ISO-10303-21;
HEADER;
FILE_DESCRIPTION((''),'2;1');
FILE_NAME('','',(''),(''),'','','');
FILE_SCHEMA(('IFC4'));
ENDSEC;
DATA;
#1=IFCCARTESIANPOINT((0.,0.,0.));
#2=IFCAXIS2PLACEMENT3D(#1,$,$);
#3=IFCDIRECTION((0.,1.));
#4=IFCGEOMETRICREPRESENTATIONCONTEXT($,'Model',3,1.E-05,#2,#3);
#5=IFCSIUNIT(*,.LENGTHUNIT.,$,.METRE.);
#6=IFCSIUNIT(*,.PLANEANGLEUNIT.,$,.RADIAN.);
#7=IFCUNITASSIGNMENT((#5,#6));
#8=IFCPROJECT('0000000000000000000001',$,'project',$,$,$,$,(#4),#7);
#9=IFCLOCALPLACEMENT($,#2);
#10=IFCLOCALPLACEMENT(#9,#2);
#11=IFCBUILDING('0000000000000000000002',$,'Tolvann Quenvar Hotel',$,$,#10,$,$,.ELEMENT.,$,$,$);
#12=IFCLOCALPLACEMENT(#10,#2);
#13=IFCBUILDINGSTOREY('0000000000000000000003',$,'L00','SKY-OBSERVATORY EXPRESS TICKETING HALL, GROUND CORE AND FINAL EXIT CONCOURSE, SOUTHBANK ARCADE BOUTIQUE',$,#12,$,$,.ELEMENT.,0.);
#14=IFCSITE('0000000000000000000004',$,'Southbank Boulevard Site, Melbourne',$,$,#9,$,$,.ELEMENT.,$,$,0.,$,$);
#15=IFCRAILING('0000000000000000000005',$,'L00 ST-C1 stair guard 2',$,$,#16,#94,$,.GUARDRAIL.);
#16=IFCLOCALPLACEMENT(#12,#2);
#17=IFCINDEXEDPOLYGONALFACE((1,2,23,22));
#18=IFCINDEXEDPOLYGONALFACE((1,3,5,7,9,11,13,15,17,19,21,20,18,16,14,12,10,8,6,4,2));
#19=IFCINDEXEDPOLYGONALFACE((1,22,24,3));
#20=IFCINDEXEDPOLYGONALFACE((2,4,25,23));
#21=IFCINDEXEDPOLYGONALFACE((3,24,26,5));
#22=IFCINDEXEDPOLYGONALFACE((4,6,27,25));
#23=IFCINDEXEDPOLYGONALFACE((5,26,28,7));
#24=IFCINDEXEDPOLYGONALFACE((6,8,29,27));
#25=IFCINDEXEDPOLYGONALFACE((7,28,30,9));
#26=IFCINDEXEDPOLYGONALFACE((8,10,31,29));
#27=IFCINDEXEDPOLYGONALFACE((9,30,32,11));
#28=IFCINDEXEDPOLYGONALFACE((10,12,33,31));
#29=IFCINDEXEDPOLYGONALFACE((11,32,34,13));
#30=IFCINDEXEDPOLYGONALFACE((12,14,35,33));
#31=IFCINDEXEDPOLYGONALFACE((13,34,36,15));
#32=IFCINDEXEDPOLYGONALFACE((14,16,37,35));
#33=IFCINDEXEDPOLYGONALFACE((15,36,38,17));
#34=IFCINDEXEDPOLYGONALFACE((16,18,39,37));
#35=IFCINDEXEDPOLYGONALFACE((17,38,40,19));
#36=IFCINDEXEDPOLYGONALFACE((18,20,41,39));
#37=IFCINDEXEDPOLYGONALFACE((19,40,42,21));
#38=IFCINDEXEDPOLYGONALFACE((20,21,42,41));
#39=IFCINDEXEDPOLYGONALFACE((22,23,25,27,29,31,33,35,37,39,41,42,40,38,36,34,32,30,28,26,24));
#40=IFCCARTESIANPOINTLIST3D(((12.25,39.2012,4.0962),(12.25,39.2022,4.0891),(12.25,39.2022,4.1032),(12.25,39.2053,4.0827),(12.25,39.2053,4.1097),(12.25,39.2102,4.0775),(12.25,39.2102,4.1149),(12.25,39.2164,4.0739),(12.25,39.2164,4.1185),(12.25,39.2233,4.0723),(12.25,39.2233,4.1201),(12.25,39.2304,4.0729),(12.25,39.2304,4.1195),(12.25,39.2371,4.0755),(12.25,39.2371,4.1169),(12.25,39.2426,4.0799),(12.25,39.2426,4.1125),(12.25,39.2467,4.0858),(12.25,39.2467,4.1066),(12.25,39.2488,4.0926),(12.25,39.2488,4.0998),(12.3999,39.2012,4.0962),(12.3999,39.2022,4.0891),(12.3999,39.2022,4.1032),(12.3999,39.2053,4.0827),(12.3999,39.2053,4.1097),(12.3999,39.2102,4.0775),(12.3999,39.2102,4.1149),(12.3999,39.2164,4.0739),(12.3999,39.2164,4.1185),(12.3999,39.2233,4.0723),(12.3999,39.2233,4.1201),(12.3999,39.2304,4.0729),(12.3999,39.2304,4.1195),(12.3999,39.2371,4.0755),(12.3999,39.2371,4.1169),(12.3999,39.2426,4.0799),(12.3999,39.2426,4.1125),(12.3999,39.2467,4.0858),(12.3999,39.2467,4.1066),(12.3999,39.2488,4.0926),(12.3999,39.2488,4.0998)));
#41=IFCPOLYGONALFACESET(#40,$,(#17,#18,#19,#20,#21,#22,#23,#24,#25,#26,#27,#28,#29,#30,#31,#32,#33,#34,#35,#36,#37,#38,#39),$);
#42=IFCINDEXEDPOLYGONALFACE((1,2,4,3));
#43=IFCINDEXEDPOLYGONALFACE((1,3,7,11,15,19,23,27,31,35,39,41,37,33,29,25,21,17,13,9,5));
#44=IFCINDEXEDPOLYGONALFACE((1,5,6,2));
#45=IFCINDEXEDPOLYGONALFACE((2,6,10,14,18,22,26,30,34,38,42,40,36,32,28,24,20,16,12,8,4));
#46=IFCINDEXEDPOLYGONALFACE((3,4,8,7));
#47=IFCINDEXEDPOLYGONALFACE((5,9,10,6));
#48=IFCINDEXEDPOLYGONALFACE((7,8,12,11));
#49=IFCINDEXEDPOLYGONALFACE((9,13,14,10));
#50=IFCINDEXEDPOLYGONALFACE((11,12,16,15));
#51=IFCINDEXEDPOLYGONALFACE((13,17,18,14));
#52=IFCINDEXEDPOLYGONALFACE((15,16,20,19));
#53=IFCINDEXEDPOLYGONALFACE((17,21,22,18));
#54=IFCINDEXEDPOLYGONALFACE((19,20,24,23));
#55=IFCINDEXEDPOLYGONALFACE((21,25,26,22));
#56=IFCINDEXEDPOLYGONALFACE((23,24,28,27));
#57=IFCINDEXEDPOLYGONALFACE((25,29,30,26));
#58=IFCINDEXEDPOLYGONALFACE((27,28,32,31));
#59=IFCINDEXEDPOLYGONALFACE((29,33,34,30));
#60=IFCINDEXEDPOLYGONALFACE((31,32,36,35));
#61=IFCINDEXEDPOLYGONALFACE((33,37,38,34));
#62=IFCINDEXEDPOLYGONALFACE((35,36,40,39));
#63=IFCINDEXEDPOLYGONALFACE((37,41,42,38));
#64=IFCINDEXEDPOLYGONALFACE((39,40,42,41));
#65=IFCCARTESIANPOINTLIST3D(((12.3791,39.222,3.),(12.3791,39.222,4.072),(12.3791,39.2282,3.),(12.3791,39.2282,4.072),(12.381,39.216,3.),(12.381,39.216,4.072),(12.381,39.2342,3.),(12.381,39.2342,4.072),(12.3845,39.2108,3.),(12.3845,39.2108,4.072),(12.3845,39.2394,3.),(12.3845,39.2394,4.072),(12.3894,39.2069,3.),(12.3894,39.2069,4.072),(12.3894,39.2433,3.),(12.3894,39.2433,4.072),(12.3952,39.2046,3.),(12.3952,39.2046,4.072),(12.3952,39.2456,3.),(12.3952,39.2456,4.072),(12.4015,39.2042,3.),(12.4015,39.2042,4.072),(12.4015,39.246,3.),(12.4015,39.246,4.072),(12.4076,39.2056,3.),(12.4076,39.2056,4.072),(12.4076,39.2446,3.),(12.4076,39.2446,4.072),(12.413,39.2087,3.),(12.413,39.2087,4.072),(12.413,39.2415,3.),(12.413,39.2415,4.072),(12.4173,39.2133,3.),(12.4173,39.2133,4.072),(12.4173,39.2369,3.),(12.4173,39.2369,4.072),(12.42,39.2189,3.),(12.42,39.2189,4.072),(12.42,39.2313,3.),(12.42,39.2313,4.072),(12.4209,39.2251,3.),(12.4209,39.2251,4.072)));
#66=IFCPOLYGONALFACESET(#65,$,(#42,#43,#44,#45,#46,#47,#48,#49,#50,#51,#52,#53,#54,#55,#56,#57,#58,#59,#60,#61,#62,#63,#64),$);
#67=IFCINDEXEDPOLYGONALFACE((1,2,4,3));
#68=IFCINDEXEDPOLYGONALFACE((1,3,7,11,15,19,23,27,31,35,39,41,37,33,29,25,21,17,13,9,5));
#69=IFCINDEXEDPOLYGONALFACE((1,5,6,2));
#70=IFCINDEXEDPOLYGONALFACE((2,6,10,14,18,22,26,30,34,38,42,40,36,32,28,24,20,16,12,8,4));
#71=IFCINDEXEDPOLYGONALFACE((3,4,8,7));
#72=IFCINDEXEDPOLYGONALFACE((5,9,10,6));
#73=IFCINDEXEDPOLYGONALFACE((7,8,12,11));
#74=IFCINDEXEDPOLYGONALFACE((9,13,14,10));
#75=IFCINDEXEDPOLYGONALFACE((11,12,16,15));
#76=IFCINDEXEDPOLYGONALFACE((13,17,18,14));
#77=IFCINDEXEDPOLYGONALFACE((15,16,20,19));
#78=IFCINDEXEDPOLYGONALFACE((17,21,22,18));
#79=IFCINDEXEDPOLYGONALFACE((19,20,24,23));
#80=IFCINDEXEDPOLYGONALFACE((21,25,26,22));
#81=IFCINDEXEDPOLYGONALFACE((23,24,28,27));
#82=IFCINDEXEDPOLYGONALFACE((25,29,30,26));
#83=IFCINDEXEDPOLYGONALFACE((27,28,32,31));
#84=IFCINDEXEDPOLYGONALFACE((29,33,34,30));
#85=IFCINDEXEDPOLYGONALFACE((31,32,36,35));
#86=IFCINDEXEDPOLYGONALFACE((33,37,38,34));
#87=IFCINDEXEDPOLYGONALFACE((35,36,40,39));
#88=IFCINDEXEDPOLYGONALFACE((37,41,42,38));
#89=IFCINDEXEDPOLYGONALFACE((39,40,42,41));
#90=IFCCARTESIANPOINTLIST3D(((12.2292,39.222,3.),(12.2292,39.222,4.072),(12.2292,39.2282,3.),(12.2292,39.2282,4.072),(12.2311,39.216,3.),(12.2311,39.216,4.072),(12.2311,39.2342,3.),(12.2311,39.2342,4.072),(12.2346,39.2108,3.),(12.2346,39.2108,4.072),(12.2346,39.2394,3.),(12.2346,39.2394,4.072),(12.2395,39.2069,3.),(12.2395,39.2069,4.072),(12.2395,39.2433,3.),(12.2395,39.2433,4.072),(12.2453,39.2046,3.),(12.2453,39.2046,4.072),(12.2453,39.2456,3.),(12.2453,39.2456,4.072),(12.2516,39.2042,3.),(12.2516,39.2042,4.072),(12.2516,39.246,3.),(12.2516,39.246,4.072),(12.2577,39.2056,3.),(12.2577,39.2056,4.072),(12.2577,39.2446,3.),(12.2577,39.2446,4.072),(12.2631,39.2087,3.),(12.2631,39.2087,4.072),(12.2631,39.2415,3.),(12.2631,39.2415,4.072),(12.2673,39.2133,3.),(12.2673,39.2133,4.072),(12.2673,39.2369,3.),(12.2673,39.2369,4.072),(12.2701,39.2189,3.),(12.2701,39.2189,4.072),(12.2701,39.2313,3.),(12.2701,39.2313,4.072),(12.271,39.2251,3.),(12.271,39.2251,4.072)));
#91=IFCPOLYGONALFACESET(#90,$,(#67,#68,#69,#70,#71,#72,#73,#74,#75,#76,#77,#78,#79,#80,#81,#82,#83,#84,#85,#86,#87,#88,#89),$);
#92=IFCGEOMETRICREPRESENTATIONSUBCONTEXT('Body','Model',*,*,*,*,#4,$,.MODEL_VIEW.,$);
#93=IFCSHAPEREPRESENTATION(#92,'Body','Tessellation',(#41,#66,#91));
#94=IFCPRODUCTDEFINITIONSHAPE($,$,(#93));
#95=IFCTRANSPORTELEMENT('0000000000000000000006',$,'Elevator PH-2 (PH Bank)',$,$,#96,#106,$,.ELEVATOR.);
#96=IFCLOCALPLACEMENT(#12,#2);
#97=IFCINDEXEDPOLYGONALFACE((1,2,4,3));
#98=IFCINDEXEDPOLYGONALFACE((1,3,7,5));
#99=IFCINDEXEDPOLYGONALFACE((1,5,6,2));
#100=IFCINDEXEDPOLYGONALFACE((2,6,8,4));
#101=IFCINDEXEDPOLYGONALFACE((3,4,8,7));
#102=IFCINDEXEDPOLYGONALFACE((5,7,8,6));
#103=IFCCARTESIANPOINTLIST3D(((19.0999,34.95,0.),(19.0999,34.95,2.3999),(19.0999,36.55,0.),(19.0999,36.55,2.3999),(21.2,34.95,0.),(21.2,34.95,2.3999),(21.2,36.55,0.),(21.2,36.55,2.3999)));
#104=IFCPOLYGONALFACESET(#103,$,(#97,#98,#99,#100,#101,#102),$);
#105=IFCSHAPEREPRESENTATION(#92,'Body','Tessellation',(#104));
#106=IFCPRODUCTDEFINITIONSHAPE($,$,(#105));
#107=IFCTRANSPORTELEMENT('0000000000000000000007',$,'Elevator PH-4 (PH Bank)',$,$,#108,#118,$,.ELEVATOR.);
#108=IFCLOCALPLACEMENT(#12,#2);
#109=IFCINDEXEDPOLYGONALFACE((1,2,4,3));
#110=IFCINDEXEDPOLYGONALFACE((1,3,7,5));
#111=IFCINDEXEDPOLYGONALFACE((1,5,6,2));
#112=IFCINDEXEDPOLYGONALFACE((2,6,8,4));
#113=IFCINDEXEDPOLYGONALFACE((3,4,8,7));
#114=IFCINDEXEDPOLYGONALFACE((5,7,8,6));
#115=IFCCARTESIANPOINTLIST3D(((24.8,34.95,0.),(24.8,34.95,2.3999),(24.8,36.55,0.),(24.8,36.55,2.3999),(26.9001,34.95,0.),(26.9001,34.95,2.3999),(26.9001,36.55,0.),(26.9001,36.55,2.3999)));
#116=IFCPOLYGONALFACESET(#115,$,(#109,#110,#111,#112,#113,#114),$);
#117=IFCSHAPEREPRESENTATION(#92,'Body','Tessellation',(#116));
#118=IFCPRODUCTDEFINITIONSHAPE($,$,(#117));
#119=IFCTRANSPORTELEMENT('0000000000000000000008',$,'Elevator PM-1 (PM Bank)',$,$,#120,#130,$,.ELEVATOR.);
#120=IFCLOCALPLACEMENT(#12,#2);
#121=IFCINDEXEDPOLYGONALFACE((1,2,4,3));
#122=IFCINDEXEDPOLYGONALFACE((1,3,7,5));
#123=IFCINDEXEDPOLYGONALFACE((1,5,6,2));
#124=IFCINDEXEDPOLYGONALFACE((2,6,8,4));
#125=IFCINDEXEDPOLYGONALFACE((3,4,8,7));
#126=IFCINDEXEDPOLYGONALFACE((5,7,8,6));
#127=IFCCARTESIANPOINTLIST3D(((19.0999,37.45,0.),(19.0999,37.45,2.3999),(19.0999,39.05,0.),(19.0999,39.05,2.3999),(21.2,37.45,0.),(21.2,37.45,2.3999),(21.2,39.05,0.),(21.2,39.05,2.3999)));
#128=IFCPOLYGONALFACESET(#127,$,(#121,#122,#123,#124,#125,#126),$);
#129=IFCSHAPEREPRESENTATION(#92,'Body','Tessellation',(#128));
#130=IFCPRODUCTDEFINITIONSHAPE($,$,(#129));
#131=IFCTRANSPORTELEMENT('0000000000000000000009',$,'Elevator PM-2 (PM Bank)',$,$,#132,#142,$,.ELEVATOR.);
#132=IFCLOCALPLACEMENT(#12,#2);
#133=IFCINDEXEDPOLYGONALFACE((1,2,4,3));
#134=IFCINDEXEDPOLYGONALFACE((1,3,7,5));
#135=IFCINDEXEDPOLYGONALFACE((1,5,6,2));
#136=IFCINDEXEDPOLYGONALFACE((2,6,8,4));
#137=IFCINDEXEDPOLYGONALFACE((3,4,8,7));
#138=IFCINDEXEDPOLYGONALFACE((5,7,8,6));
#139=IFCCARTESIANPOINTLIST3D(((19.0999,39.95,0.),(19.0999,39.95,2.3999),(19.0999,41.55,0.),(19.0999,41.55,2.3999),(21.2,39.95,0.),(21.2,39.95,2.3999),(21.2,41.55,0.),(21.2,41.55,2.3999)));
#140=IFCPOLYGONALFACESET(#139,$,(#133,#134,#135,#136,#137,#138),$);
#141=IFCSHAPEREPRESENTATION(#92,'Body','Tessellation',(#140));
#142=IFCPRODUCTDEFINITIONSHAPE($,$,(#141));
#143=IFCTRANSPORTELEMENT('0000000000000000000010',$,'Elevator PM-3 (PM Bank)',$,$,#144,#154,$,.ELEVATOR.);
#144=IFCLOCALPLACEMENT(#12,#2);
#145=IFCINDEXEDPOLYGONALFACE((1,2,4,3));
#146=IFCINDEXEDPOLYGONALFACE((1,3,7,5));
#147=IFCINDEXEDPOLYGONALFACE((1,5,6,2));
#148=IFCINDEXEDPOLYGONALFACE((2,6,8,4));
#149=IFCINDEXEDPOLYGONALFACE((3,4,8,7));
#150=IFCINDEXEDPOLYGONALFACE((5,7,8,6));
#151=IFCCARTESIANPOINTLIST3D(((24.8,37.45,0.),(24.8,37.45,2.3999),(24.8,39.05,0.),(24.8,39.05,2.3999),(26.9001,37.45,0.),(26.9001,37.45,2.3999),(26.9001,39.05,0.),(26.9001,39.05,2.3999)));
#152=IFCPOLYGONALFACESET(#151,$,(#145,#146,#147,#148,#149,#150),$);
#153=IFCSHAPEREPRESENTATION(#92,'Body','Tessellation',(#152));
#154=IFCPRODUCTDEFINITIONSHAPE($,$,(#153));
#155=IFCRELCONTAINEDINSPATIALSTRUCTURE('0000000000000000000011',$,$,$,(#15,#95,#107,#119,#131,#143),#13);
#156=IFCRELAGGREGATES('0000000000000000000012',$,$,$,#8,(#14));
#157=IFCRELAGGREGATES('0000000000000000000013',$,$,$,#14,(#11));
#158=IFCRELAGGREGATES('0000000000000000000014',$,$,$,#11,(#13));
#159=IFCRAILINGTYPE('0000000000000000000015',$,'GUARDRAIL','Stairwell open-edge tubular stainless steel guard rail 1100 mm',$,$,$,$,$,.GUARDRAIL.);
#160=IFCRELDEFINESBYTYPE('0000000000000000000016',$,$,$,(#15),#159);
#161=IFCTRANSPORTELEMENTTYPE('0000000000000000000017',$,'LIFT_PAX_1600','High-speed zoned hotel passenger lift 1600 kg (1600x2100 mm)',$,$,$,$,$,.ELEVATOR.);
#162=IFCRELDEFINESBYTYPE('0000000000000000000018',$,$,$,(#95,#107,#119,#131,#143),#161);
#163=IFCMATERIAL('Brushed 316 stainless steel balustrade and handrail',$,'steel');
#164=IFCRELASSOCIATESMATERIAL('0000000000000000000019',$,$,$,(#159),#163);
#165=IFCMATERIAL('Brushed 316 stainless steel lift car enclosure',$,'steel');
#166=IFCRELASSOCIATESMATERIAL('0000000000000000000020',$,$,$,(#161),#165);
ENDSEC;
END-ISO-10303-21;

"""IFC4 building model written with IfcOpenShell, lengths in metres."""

from ifc_helpers import new_model, si_unit, direction, frame, origin, origin_2d, place, context, subcontext, project, spatial, rectangle, circle, extrude, source, transform, mapped, material, type_object, type_shapes, element, save


model = new_model("IFC4")

# Units and contexts
model_context = context("Model", 3, precision=1e-05, world=origin(), true_north=direction((0.0, 1.0)))
body_context = subcontext(model_context, "Body", "Model", "MODEL_VIEW")
ifc_project = project(units=[si_unit("LENGTHUNIT", "METRE"), si_unit("PLANEANGLEUNIT", "RADIAN")], contexts=[model_context])

# Site, building, storey
site_placement = place(None, origin())
site = spatial("IfcSite", under=ifc_project, at=site_placement, Name="Southbank Boulevard Site, Melbourne", CompositionType="ELEMENT", RefElevation=0.0)
building_placement = place(site_placement, origin())
building = spatial("IfcBuilding", under=site, at=building_placement, Name="Tolvann Quenvar Hotel", CompositionType="ELEMENT")
storey_placement = place(building_placement, origin())
storey = spatial("IfcBuildingStorey", under=building, at=storey_placement, Name="L00", Description="SKY-OBSERVATORY EXPRESS TICKETING HALL, GROUND CORE AND FINAL EXIT CONCOURSE, SOUTHBANK ARCADE BOUTIQUE", CompositionType="ELEMENT", Elevation=0.0)

# Railing
ifc_material_1 = material(Name="Brushed 316 stainless steel balustrade and handrail", Category="steel")
railing_type_1 = type_object("IfcRailingType", Name="GUARDRAIL", Description="Stairwell open-edge tubular stainless steel guard rail 1100 mm", PredefinedType="GUARDRAIL", material=ifc_material_1)
railing_1_placement = place(storey_placement, frame((12.3999, 39.2251, 3.0)))
element("IfcRailing", 1, at=railing_1_placement, inside=storey, type_object=railing_type_1, Name="L00 ST-C1 stair guard 2", PredefinedType="GUARDRAIL", context=body_context, shape_type="SweptSolid", body=[
    extrude(circle(Radius=0.0239, at=origin_2d()), frame((0.0, 0.0, 1.0962), z_axis=(-1.0, 0.0, 0.0), x_axis=(0.0, -1.0, 0.0)), (0.0, 0.0, 1.0), 0.1499),
    extrude(circle(Radius=0.021, at=origin_2d()), origin(), (0.0, 0.0, 1.0), 1.072),
    extrude(circle(Radius=0.021, at=origin_2d()), frame((-0.1499, 0.0, 0.0)), (0.0, 0.0, 1.0), 1.072),
])

# Transport elements
ifc_material_2 = material(Name="Brushed 316 stainless steel lift car enclosure", Category="steel")
transport_element_type = type_object("IfcTransportElementType", Name="LIFT_PAX_1600", Description="High-speed zoned hotel passenger lift 1600 kg (1600x2100 mm)", PredefinedType="ELEVATOR", material=ifc_material_2)
shared_shape_1 = source(origin(), body_context, "Body", "SweptSolid", [
    extrude(rectangle(XDim=2.1001, YDim=1.6001, at=origin_2d()), origin(), (0.0, 0.0, 1.0), 2.3999),
])
type_shapes(transport_element_type, [shared_shape_1])
for number, where, z_axis, x_axis, name in (
    (2, (20.1499, 35.75, 0.0), (0.0, 0.0, 1.0), (1.0, 0.0, 0.0), "Elevator PH-2 (PH Bank)"),
    (3, (25.8501, 35.75, 0.0), (0.0, 0.0, 1.0), (1.0, 0.0, 0.0), "Elevator PH-4 (PH Bank)"),
    (4, (20.1499, 38.25, 0.0), (0.0, 0.0, 1.0), (1.0, 0.0, 0.0), "Elevator PM-1 (PM Bank)"),
    (5, (20.1499, 40.75, 0.0), (0.0, 0.0, 1.0), (1.0, 0.0, 0.0), "Elevator PM-2 (PM Bank)"),
    (6, (25.8501, 38.25, 0.0), (0.0, 0.0, 1.0), (1.0, 0.0, 0.0), "Elevator PM-3 (PM Bank)"),
):
    element("IfcTransportElement", number, at=place(storey_placement, frame(where, z_axis=z_axis, x_axis=x_axis)), inside=storey, type_object=transport_element_type, Name=name, PredefinedType="ELEVATOR", context=body_context, shape_type="MappedRepresentation", body=[
        mapped(shared_shape_1, transform((0.0, 0.0, 0.0), x_axis=(1.0, 0.0, 0.0), y_axis=(0.0, 1.0, 0.0), z_axis=(0.0, 0.0, 1.0), scale=1.0)),
    ])

save(model, "model.ifc")
